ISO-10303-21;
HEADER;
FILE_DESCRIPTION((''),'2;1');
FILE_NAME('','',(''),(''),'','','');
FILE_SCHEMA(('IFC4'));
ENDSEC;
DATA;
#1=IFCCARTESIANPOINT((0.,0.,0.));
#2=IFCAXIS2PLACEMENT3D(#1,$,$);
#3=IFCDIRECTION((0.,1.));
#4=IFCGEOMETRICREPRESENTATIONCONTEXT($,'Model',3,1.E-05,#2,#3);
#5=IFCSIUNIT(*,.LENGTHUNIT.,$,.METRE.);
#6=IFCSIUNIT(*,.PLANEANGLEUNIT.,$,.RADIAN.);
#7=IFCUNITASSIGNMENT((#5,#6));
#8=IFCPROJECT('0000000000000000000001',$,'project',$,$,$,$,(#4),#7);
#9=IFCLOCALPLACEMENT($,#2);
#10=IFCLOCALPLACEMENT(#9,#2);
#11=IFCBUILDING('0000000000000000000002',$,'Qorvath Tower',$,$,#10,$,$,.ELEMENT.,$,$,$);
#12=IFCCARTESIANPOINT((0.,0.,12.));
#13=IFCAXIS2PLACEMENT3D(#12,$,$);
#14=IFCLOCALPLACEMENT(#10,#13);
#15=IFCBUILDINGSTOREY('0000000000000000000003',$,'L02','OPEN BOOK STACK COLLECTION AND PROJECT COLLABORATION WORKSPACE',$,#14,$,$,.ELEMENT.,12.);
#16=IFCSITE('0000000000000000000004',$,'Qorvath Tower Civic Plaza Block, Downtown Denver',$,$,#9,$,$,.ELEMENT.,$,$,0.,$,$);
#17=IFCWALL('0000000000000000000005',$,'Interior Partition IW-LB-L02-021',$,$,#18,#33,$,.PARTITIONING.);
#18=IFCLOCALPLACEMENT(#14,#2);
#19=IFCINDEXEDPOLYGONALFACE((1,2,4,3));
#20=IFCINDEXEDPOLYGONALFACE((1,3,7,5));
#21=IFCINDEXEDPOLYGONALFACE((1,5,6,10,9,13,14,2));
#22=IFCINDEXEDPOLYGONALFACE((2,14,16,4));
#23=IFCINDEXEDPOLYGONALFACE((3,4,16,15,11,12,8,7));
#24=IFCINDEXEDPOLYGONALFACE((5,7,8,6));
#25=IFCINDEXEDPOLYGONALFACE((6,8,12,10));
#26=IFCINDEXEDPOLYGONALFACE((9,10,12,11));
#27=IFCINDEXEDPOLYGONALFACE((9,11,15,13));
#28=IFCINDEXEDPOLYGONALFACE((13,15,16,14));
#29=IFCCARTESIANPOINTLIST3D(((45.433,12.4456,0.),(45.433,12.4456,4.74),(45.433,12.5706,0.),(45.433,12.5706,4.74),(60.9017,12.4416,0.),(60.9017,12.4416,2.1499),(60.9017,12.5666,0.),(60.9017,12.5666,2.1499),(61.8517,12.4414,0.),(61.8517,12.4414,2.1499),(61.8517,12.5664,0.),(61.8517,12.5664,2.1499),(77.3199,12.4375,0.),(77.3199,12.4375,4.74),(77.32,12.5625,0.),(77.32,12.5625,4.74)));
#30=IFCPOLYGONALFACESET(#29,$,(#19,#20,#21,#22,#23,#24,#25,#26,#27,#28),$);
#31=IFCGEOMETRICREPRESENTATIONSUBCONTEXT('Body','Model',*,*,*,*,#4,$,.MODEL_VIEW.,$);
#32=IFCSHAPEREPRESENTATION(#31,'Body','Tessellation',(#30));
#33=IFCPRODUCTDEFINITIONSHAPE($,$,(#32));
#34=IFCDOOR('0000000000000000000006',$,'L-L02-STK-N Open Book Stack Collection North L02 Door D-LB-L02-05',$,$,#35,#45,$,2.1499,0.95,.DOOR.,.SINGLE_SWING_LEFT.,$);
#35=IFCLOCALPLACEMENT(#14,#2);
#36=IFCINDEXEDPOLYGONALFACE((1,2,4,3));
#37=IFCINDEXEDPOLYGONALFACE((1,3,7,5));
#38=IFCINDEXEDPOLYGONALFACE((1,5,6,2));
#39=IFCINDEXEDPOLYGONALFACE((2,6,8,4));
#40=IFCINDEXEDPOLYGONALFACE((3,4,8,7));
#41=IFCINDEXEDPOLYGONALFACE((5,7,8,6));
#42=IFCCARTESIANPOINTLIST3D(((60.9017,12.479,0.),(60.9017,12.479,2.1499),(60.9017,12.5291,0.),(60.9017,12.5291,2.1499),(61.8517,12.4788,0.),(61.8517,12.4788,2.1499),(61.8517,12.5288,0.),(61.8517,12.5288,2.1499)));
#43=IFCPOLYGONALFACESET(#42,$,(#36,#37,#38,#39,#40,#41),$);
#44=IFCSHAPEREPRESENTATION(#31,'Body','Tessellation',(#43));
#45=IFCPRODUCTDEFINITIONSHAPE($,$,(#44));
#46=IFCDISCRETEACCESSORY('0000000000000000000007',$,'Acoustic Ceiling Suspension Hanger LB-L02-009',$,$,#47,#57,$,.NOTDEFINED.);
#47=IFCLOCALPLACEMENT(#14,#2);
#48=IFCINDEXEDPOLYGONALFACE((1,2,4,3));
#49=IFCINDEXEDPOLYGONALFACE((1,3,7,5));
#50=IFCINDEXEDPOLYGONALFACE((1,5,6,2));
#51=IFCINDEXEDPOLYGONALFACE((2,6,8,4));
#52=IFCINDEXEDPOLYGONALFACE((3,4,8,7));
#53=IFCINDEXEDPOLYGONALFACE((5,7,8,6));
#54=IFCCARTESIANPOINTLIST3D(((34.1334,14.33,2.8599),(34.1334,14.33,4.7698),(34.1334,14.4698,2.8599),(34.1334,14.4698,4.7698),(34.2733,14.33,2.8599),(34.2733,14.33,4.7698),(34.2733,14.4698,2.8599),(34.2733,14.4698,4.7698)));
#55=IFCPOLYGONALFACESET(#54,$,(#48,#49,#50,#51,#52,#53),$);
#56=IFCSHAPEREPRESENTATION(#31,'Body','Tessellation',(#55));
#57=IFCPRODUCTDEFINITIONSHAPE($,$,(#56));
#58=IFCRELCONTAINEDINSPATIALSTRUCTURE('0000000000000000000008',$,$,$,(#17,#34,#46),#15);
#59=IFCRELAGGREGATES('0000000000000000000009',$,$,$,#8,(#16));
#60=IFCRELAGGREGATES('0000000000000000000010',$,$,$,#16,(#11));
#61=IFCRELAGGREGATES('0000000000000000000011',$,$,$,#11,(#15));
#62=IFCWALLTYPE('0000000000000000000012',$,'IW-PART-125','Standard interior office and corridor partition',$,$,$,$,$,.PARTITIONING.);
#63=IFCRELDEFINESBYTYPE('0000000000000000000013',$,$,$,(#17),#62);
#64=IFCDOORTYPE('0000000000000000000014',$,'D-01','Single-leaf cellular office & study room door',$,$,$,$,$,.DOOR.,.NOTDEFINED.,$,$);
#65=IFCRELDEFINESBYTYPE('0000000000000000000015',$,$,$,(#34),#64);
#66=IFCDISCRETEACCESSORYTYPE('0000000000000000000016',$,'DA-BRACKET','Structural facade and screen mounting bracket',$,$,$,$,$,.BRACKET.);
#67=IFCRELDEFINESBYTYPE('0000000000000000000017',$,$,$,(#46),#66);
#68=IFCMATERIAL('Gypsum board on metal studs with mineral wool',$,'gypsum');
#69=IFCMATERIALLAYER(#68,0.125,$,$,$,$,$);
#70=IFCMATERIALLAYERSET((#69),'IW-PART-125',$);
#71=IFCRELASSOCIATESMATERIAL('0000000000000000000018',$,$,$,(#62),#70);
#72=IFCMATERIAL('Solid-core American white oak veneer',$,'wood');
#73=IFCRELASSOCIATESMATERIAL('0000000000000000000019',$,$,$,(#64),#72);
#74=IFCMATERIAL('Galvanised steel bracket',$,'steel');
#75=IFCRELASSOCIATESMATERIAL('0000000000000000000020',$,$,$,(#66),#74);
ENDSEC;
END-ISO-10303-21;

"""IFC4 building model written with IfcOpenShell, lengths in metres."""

from ifc_helpers import new_model, si_unit, direction, frame, frame_2d, origin, origin_2d, place, context, subcontext, project, spatial, rectangle, extrude, material, layer, layer_set, type_object, element, fill, save


model = new_model("IFC4")

# Units and contexts
model_context = context("Model", 3, precision=1e-05, world=origin(), true_north=direction((0.0, 1.0)))
body_context = subcontext(model_context, "Body", "Model", "MODEL_VIEW")
ifc_project = project(units=[si_unit("LENGTHUNIT", "METRE"), si_unit("PLANEANGLEUNIT", "RADIAN")], contexts=[model_context])

# Site, building, storey
site_placement = place(None, origin())
site = spatial("IfcSite", under=ifc_project, at=site_placement, Name="Qorvath Tower Civic Plaza Block, Downtown Denver", CompositionType="ELEMENT", RefElevation=0.0)
building_placement = place(site_placement, origin())
building = spatial("IfcBuilding", under=site, at=building_placement, Name="Qorvath Tower", CompositionType="ELEMENT")
storey_placement = place(building_placement, frame((0.0, 0.0, 12.0)))
storey = spatial("IfcBuildingStorey", under=building, at=storey_placement, Name="L02", Description="OPEN BOOK STACK COLLECTION AND PROJECT COLLABORATION WORKSPACE", CompositionType="ELEMENT", Elevation=12.0)

# Wall, opening, door
ifc_material_1 = material(Name="Gypsum board on metal studs with mineral wool", Category="gypsum")
ifc_layer_1 = layer(ifc_material_1, 0.125)
ifc_layer_set_1 = layer_set([ifc_layer_1], Name="IW-PART-125")
wall_type_1 = type_object("IfcWallType", Name="IW-PART-125", Description="Standard interior office and corridor partition", PredefinedType="PARTITIONING", material=ifc_layer_set_1)
wall_1_placement = place(storey_placement, frame((45.4331, 12.5081, 0.0), z_axis=(0.0, 0.0, 1.0), x_axis=(1.0, -0.000253, 0.0)))
wall_1 = element("IfcWall", 1, at=wall_1_placement, inside=storey, type_object=wall_type_1, Name="Interior Partition IW-LB-L02-021", PredefinedType="PARTITIONING", context=body_context, shape_type="SweptSolid", body=[
    extrude(rectangle(XDim=31.887, YDim=0.125, at=frame_2d((15.9434, 0.0))), origin(), (0.0, 0.0, 1.0), 4.74),
])
opening_placement = place(wall_1_placement, frame((15.4685, 0.0, 0.0)))
opening = element("IfcOpeningElement", 2, at=opening_placement, cuts=wall_1, PredefinedType="OPENING", context=body_context, shape_type="SweptSolid", body=[
    extrude(rectangle(XDim=0.95, YDim=2.1499, at=frame_2d((0.4751, 1.075))), frame((0.0, 0.0725, 0.0), z_axis=(0.0, -1.0, 0.0), x_axis=(1.0, 0.0, 0.0)), (0.0, 0.0, 1.0), 0.145),
])
ifc_material_2 = material(Name="Solid-core American white oak veneer", Category="wood")
door_type = type_object("IfcDoorType", Name="D-01", Description="Single-leaf cellular office & study room door", OperationType="NOTDEFINED", PredefinedType="DOOR", material=ifc_material_2)
door_placement = place(opening_placement, origin())
door = element("IfcDoor", 3, at=door_placement, inside=storey, type_object=door_type, Name="L-L02-STK-N Open Book Stack Collection North L02 Door D-LB-L02-05", OperationType="SINGLE_SWING_LEFT", OverallHeight=2.1499, OverallWidth=0.95, PredefinedType="DOOR", context=body_context, shape_type="SweptSolid", body=[
    extrude(rectangle(XDim=0.95, YDim=2.1499, at=frame_2d((0.4751, 1.075))), frame((0.0, 0.0249, 0.0), z_axis=(0.0, -1.0, 0.0), x_axis=(1.0, 0.0, 0.0)), (0.0, 0.0, 1.0), 0.05),
])
fill(opening, door)

# Discrete accessory
ifc_material_3 = material(Name="Galvanised steel bracket", Category="steel")
discrete_accessory_type = type_object("IfcDiscreteAccessoryType", Name="DA-BRACKET", Description="Structural facade and screen mounting bracket", PredefinedType="BRACKET", material=ifc_material_3)
discrete_accessory_placement = place(storey_placement, frame((34.2034, 14.3999, 2.8599), z_axis=(0.0, 0.0, 1.0), x_axis=(1.0, 0.0, 0.0)))
element("IfcDiscreteAccessory", 4, at=discrete_accessory_placement, inside=storey, type_object=discrete_accessory_type, Name="Acoustic Ceiling Suspension Hanger LB-L02-009", PredefinedType="NOTDEFINED", context=body_context, shape_type="SweptSolid", body=[
    extrude(rectangle(XDim=0.1399, YDim=0.1399, at=origin_2d()), origin(), (0.0, 0.0, 1.0), 1.9099),
])

save(model, "model.ifc")
